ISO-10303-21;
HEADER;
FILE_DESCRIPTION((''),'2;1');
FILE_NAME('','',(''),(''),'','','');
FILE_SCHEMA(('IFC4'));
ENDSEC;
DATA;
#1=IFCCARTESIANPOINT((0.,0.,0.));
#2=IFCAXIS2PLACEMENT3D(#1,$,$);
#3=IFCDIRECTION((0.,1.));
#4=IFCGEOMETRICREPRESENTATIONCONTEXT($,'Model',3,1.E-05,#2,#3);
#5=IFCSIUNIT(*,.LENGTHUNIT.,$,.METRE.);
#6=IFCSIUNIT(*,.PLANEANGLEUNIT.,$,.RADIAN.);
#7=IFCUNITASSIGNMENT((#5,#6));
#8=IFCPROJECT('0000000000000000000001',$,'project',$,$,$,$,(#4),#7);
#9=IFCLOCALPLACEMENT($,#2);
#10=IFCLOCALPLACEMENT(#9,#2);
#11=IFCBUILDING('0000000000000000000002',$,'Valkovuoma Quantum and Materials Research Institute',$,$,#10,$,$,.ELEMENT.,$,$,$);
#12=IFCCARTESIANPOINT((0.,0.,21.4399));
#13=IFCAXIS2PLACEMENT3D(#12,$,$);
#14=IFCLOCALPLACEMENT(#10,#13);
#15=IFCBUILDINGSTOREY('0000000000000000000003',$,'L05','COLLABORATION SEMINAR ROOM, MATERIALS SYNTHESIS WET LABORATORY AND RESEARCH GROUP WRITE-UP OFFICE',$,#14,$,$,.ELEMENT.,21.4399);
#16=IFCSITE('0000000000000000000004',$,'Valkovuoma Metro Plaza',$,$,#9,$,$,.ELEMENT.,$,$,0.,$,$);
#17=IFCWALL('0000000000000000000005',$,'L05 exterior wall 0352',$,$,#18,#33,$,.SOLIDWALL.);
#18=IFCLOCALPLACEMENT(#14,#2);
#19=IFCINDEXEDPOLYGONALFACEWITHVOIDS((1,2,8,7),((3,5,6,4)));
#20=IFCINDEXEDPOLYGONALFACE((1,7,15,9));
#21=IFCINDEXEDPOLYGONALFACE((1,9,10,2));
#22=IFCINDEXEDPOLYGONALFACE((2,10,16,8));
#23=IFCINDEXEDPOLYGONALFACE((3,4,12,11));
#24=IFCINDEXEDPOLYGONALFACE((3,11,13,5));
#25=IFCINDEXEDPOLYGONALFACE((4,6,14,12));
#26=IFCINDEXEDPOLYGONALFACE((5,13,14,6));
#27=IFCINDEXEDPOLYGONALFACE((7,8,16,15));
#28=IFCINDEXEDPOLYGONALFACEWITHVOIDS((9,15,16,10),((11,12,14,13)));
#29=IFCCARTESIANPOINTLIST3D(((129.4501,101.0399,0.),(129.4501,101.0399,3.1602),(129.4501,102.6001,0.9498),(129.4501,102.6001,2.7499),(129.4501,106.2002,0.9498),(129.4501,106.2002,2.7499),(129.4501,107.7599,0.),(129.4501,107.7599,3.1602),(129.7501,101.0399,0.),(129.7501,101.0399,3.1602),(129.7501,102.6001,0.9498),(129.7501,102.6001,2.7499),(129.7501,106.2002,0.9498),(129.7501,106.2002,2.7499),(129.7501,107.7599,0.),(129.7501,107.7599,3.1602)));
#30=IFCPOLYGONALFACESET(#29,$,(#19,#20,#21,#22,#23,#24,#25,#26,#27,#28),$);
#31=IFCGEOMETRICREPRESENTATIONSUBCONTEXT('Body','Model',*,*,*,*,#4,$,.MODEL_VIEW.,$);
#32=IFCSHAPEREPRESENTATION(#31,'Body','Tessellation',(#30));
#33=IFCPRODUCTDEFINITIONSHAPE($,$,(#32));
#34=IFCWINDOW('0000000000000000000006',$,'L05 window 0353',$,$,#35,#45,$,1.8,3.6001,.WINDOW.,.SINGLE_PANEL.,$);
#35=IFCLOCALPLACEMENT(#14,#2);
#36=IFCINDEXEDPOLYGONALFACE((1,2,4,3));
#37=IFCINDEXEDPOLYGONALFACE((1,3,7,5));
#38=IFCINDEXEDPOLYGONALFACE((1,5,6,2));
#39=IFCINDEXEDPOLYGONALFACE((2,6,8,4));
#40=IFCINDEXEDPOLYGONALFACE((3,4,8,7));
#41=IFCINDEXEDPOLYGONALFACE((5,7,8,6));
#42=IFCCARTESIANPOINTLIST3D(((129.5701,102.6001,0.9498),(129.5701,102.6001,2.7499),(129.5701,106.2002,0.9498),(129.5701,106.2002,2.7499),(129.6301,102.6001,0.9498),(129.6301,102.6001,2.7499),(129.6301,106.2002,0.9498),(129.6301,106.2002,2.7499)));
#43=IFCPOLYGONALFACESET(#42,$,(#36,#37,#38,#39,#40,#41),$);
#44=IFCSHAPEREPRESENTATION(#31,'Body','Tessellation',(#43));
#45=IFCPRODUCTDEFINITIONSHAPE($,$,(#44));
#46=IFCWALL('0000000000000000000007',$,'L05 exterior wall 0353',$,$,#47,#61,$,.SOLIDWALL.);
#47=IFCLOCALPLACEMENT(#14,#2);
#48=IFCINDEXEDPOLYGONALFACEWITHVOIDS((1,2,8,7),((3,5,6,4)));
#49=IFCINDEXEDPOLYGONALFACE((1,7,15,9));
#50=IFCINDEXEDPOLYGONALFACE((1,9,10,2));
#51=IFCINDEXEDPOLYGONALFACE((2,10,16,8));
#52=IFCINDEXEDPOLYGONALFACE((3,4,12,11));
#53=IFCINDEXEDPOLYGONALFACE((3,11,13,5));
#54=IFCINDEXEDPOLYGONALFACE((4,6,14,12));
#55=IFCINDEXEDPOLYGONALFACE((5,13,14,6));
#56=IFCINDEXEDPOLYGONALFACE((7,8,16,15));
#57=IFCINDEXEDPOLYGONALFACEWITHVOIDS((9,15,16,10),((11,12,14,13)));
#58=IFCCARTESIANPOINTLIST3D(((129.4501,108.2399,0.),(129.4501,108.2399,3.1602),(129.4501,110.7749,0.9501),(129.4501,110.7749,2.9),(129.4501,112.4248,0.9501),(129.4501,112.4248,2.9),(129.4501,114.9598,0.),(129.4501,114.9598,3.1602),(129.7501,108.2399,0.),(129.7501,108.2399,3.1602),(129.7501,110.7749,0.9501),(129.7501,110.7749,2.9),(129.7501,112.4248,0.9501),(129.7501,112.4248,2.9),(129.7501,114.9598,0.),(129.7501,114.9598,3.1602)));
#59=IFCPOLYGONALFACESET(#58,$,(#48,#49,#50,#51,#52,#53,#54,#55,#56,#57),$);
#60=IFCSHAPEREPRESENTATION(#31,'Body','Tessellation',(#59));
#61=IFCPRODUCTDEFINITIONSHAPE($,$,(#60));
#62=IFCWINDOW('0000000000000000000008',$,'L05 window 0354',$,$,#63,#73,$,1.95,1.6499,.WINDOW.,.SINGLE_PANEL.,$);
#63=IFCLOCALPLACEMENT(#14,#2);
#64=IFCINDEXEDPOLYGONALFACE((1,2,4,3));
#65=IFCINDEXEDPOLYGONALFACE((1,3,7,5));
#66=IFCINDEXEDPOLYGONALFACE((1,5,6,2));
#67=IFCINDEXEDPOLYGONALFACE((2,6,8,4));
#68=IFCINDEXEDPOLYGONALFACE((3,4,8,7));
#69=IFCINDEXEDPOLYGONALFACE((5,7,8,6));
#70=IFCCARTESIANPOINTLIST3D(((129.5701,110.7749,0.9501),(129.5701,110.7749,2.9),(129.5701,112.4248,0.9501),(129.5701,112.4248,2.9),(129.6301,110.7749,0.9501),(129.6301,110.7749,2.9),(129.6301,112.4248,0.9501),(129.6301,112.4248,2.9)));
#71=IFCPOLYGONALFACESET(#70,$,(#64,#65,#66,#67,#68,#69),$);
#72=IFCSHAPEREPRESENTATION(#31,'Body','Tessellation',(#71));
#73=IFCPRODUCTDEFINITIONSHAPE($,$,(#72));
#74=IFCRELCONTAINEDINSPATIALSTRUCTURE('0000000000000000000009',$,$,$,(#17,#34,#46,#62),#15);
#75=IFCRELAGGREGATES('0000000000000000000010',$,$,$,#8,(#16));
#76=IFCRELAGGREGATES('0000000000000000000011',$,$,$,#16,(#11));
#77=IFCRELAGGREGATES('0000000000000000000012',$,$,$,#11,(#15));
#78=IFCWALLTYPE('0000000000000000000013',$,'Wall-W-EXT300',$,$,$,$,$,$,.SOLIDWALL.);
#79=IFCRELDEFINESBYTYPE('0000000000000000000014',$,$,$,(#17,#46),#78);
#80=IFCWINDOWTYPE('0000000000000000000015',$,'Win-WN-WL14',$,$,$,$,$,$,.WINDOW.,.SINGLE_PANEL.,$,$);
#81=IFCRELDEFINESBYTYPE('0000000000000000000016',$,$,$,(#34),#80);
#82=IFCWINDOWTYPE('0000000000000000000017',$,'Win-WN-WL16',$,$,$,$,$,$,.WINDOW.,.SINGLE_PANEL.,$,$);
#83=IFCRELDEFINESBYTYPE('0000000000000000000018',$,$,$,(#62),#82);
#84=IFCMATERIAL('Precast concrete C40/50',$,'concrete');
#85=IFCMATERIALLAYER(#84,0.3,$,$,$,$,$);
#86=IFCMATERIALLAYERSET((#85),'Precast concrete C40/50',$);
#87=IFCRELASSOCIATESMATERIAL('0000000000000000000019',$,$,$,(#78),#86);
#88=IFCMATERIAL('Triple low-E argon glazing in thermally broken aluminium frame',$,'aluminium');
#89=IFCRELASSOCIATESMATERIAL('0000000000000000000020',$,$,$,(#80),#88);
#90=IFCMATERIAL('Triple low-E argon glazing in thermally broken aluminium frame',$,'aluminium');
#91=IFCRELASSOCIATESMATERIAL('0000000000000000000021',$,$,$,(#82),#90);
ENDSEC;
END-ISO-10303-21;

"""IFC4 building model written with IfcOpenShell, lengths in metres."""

from ifc_helpers import new_model, si_unit, direction, frame, frame_2d, origin, place, context, subcontext, project, spatial, rectangle, extrude, material, layer, layer_set, type_object, element, fill, save


model = new_model("IFC4")

# Units and contexts
model_context = context("Model", 3, precision=1e-05, world=origin(), true_north=direction((0.0, 1.0)))
body_context = subcontext(model_context, "Body", "Model", "MODEL_VIEW")
ifc_project = project(units=[si_unit("LENGTHUNIT", "METRE"), si_unit("PLANEANGLEUNIT", "RADIAN")], contexts=[model_context])

# Site, building, storey
site_placement = place(None, origin())
site = spatial("IfcSite", under=ifc_project, at=site_placement, Name="Valkovuoma Metro Plaza", CompositionType="ELEMENT", RefElevation=0.0)
building_placement = place(site_placement, origin())
building = spatial("IfcBuilding", under=site, at=building_placement, Name="Valkovuoma Quantum and Materials Research Institute", CompositionType="ELEMENT")
storey_placement = place(building_placement, frame((0.0, 0.0, 21.4399)))
storey = spatial("IfcBuildingStorey", under=building, at=storey_placement, Name="L05", Description="COLLABORATION SEMINAR ROOM, MATERIALS SYNTHESIS WET LABORATORY AND RESEARCH GROUP WRITE-UP OFFICE", CompositionType="ELEMENT", Elevation=21.4399)

# Walls, openings, windows
ifc_material_1 = material(Name="Precast concrete C40/50", Category="concrete")
ifc_layer = layer(ifc_material_1, 0.3)
ifc_layer_set = layer_set([ifc_layer], Name="Precast concrete C40/50")
wall_type = type_object("IfcWallType", Name="Wall-W-EXT300", PredefinedType="SOLIDWALL", material=ifc_layer_set)
wall_1_placement = place(storey_placement, frame((129.6001, 101.04, 0.0), z_axis=(0.0, 0.0, 1.0), x_axis=(0.0, 1.0, 0.0)))
wall_1 = element("IfcWall", 1, at=wall_1_placement, inside=storey, type_object=wall_type, Name="L05 exterior wall 0352", PredefinedType="SOLIDWALL", context=body_context, shape_type="SweptSolid", body=[
    extrude(rectangle(XDim=6.72, YDim=0.3, at=frame_2d((3.3599, 0.0))), origin(), (0.0, 0.0, 1.0), 3.1602),
])
opening_1_placement = place(wall_1_placement, frame((1.5601, 0.0, 0.95)))
opening_1 = element("IfcOpeningElement", 2, at=opening_1_placement, cuts=wall_1, PredefinedType="OPENING", context=body_context, shape_type="SweptSolid", body=[
    extrude(rectangle(XDim=3.6001, YDim=1.8, at=frame_2d((1.8, 0.8999))), frame((0.0, 0.1602, 0.0), z_axis=(0.0, -1.0, 0.0), x_axis=(1.0, 0.0, 0.0)), (0.0, 0.0, 1.0), 0.3201),
])
ifc_material_2 = material(Name="Triple low-E argon glazing in thermally broken aluminium frame", Category="aluminium")
window_type_1 = type_object("IfcWindowType", Name="Win-WN-WL14", PartitioningType="SINGLE_PANEL", PredefinedType="WINDOW", material=ifc_material_2)
window_1_placement = place(opening_1_placement, origin())
window_1 = element("IfcWindow", 3, at=window_1_placement, inside=storey, type_object=window_type_1, Name="L05 window 0353", OverallHeight=1.8, OverallWidth=3.6001, PartitioningType="SINGLE_PANEL", PredefinedType="WINDOW", context=body_context, shape_type="SweptSolid", body=[
    extrude(rectangle(XDim=3.6001, YDim=1.8, at=frame_2d((1.8, 0.8999))), frame((0.0, 0.03, 0.0), z_axis=(0.0, -1.0, 0.0), x_axis=(1.0, 0.0, 0.0)), (0.0, 0.0, 1.0), 0.0601),
])
fill(opening_1, window_1)
wall_2_placement = place(storey_placement, frame((129.6001, 108.24, 0.0), z_axis=(0.0, 0.0, 1.0), x_axis=(0.0, 1.0, 0.0)))
wall_2 = element("IfcWall", 4, at=wall_2_placement, inside=storey, type_object=wall_type, Name="L05 exterior wall 0353", PredefinedType="SOLIDWALL", context=body_context, shape_type="SweptSolid", body=[
    extrude(rectangle(XDim=6.72, YDim=0.3, at=frame_2d((3.3599, 0.0))), origin(), (0.0, 0.0, 1.0), 3.1602),
])
opening_2_placement = place(wall_2_placement, frame((2.5349, 0.0, 0.95)))
opening_2 = element("IfcOpeningElement", 5, at=opening_2_placement, cuts=wall_2, PredefinedType="OPENING", context=body_context, shape_type="SweptSolid", body=[
    extrude(rectangle(XDim=1.6499, YDim=1.95, at=frame_2d((0.825, 0.9751))), frame((0.0, 0.1602, 0.0), z_axis=(0.0, -1.0, 0.0), x_axis=(1.0, 0.0, 0.0)), (0.0, 0.0, 1.0), 0.3201),
])
ifc_material_3 = material(Name="Triple low-E argon glazing in thermally broken aluminium frame", Category="aluminium")
window_type_2 = type_object("IfcWindowType", Name="Win-WN-WL16", PartitioningType="SINGLE_PANEL", PredefinedType="WINDOW", material=ifc_material_3)
window_2_placement = place(opening_2_placement, origin())
window_2 = element("IfcWindow", 6, at=window_2_placement, inside=storey, type_object=window_type_2, Name="L05 window 0354", OverallHeight=1.95, OverallWidth=1.6499, PartitioningType="SINGLE_PANEL", PredefinedType="WINDOW", context=body_context, shape_type="SweptSolid", body=[
    extrude(rectangle(XDim=1.6499, YDim=1.95, at=frame_2d((0.825, 0.9751))), frame((0.0, 0.03, 0.0), z_axis=(0.0, -1.0, 0.0), x_axis=(1.0, 0.0, 0.0)), (0.0, 0.0, 1.0), 0.0601),
])
fill(opening_2, window_2)

save(model, "model.ifc")
